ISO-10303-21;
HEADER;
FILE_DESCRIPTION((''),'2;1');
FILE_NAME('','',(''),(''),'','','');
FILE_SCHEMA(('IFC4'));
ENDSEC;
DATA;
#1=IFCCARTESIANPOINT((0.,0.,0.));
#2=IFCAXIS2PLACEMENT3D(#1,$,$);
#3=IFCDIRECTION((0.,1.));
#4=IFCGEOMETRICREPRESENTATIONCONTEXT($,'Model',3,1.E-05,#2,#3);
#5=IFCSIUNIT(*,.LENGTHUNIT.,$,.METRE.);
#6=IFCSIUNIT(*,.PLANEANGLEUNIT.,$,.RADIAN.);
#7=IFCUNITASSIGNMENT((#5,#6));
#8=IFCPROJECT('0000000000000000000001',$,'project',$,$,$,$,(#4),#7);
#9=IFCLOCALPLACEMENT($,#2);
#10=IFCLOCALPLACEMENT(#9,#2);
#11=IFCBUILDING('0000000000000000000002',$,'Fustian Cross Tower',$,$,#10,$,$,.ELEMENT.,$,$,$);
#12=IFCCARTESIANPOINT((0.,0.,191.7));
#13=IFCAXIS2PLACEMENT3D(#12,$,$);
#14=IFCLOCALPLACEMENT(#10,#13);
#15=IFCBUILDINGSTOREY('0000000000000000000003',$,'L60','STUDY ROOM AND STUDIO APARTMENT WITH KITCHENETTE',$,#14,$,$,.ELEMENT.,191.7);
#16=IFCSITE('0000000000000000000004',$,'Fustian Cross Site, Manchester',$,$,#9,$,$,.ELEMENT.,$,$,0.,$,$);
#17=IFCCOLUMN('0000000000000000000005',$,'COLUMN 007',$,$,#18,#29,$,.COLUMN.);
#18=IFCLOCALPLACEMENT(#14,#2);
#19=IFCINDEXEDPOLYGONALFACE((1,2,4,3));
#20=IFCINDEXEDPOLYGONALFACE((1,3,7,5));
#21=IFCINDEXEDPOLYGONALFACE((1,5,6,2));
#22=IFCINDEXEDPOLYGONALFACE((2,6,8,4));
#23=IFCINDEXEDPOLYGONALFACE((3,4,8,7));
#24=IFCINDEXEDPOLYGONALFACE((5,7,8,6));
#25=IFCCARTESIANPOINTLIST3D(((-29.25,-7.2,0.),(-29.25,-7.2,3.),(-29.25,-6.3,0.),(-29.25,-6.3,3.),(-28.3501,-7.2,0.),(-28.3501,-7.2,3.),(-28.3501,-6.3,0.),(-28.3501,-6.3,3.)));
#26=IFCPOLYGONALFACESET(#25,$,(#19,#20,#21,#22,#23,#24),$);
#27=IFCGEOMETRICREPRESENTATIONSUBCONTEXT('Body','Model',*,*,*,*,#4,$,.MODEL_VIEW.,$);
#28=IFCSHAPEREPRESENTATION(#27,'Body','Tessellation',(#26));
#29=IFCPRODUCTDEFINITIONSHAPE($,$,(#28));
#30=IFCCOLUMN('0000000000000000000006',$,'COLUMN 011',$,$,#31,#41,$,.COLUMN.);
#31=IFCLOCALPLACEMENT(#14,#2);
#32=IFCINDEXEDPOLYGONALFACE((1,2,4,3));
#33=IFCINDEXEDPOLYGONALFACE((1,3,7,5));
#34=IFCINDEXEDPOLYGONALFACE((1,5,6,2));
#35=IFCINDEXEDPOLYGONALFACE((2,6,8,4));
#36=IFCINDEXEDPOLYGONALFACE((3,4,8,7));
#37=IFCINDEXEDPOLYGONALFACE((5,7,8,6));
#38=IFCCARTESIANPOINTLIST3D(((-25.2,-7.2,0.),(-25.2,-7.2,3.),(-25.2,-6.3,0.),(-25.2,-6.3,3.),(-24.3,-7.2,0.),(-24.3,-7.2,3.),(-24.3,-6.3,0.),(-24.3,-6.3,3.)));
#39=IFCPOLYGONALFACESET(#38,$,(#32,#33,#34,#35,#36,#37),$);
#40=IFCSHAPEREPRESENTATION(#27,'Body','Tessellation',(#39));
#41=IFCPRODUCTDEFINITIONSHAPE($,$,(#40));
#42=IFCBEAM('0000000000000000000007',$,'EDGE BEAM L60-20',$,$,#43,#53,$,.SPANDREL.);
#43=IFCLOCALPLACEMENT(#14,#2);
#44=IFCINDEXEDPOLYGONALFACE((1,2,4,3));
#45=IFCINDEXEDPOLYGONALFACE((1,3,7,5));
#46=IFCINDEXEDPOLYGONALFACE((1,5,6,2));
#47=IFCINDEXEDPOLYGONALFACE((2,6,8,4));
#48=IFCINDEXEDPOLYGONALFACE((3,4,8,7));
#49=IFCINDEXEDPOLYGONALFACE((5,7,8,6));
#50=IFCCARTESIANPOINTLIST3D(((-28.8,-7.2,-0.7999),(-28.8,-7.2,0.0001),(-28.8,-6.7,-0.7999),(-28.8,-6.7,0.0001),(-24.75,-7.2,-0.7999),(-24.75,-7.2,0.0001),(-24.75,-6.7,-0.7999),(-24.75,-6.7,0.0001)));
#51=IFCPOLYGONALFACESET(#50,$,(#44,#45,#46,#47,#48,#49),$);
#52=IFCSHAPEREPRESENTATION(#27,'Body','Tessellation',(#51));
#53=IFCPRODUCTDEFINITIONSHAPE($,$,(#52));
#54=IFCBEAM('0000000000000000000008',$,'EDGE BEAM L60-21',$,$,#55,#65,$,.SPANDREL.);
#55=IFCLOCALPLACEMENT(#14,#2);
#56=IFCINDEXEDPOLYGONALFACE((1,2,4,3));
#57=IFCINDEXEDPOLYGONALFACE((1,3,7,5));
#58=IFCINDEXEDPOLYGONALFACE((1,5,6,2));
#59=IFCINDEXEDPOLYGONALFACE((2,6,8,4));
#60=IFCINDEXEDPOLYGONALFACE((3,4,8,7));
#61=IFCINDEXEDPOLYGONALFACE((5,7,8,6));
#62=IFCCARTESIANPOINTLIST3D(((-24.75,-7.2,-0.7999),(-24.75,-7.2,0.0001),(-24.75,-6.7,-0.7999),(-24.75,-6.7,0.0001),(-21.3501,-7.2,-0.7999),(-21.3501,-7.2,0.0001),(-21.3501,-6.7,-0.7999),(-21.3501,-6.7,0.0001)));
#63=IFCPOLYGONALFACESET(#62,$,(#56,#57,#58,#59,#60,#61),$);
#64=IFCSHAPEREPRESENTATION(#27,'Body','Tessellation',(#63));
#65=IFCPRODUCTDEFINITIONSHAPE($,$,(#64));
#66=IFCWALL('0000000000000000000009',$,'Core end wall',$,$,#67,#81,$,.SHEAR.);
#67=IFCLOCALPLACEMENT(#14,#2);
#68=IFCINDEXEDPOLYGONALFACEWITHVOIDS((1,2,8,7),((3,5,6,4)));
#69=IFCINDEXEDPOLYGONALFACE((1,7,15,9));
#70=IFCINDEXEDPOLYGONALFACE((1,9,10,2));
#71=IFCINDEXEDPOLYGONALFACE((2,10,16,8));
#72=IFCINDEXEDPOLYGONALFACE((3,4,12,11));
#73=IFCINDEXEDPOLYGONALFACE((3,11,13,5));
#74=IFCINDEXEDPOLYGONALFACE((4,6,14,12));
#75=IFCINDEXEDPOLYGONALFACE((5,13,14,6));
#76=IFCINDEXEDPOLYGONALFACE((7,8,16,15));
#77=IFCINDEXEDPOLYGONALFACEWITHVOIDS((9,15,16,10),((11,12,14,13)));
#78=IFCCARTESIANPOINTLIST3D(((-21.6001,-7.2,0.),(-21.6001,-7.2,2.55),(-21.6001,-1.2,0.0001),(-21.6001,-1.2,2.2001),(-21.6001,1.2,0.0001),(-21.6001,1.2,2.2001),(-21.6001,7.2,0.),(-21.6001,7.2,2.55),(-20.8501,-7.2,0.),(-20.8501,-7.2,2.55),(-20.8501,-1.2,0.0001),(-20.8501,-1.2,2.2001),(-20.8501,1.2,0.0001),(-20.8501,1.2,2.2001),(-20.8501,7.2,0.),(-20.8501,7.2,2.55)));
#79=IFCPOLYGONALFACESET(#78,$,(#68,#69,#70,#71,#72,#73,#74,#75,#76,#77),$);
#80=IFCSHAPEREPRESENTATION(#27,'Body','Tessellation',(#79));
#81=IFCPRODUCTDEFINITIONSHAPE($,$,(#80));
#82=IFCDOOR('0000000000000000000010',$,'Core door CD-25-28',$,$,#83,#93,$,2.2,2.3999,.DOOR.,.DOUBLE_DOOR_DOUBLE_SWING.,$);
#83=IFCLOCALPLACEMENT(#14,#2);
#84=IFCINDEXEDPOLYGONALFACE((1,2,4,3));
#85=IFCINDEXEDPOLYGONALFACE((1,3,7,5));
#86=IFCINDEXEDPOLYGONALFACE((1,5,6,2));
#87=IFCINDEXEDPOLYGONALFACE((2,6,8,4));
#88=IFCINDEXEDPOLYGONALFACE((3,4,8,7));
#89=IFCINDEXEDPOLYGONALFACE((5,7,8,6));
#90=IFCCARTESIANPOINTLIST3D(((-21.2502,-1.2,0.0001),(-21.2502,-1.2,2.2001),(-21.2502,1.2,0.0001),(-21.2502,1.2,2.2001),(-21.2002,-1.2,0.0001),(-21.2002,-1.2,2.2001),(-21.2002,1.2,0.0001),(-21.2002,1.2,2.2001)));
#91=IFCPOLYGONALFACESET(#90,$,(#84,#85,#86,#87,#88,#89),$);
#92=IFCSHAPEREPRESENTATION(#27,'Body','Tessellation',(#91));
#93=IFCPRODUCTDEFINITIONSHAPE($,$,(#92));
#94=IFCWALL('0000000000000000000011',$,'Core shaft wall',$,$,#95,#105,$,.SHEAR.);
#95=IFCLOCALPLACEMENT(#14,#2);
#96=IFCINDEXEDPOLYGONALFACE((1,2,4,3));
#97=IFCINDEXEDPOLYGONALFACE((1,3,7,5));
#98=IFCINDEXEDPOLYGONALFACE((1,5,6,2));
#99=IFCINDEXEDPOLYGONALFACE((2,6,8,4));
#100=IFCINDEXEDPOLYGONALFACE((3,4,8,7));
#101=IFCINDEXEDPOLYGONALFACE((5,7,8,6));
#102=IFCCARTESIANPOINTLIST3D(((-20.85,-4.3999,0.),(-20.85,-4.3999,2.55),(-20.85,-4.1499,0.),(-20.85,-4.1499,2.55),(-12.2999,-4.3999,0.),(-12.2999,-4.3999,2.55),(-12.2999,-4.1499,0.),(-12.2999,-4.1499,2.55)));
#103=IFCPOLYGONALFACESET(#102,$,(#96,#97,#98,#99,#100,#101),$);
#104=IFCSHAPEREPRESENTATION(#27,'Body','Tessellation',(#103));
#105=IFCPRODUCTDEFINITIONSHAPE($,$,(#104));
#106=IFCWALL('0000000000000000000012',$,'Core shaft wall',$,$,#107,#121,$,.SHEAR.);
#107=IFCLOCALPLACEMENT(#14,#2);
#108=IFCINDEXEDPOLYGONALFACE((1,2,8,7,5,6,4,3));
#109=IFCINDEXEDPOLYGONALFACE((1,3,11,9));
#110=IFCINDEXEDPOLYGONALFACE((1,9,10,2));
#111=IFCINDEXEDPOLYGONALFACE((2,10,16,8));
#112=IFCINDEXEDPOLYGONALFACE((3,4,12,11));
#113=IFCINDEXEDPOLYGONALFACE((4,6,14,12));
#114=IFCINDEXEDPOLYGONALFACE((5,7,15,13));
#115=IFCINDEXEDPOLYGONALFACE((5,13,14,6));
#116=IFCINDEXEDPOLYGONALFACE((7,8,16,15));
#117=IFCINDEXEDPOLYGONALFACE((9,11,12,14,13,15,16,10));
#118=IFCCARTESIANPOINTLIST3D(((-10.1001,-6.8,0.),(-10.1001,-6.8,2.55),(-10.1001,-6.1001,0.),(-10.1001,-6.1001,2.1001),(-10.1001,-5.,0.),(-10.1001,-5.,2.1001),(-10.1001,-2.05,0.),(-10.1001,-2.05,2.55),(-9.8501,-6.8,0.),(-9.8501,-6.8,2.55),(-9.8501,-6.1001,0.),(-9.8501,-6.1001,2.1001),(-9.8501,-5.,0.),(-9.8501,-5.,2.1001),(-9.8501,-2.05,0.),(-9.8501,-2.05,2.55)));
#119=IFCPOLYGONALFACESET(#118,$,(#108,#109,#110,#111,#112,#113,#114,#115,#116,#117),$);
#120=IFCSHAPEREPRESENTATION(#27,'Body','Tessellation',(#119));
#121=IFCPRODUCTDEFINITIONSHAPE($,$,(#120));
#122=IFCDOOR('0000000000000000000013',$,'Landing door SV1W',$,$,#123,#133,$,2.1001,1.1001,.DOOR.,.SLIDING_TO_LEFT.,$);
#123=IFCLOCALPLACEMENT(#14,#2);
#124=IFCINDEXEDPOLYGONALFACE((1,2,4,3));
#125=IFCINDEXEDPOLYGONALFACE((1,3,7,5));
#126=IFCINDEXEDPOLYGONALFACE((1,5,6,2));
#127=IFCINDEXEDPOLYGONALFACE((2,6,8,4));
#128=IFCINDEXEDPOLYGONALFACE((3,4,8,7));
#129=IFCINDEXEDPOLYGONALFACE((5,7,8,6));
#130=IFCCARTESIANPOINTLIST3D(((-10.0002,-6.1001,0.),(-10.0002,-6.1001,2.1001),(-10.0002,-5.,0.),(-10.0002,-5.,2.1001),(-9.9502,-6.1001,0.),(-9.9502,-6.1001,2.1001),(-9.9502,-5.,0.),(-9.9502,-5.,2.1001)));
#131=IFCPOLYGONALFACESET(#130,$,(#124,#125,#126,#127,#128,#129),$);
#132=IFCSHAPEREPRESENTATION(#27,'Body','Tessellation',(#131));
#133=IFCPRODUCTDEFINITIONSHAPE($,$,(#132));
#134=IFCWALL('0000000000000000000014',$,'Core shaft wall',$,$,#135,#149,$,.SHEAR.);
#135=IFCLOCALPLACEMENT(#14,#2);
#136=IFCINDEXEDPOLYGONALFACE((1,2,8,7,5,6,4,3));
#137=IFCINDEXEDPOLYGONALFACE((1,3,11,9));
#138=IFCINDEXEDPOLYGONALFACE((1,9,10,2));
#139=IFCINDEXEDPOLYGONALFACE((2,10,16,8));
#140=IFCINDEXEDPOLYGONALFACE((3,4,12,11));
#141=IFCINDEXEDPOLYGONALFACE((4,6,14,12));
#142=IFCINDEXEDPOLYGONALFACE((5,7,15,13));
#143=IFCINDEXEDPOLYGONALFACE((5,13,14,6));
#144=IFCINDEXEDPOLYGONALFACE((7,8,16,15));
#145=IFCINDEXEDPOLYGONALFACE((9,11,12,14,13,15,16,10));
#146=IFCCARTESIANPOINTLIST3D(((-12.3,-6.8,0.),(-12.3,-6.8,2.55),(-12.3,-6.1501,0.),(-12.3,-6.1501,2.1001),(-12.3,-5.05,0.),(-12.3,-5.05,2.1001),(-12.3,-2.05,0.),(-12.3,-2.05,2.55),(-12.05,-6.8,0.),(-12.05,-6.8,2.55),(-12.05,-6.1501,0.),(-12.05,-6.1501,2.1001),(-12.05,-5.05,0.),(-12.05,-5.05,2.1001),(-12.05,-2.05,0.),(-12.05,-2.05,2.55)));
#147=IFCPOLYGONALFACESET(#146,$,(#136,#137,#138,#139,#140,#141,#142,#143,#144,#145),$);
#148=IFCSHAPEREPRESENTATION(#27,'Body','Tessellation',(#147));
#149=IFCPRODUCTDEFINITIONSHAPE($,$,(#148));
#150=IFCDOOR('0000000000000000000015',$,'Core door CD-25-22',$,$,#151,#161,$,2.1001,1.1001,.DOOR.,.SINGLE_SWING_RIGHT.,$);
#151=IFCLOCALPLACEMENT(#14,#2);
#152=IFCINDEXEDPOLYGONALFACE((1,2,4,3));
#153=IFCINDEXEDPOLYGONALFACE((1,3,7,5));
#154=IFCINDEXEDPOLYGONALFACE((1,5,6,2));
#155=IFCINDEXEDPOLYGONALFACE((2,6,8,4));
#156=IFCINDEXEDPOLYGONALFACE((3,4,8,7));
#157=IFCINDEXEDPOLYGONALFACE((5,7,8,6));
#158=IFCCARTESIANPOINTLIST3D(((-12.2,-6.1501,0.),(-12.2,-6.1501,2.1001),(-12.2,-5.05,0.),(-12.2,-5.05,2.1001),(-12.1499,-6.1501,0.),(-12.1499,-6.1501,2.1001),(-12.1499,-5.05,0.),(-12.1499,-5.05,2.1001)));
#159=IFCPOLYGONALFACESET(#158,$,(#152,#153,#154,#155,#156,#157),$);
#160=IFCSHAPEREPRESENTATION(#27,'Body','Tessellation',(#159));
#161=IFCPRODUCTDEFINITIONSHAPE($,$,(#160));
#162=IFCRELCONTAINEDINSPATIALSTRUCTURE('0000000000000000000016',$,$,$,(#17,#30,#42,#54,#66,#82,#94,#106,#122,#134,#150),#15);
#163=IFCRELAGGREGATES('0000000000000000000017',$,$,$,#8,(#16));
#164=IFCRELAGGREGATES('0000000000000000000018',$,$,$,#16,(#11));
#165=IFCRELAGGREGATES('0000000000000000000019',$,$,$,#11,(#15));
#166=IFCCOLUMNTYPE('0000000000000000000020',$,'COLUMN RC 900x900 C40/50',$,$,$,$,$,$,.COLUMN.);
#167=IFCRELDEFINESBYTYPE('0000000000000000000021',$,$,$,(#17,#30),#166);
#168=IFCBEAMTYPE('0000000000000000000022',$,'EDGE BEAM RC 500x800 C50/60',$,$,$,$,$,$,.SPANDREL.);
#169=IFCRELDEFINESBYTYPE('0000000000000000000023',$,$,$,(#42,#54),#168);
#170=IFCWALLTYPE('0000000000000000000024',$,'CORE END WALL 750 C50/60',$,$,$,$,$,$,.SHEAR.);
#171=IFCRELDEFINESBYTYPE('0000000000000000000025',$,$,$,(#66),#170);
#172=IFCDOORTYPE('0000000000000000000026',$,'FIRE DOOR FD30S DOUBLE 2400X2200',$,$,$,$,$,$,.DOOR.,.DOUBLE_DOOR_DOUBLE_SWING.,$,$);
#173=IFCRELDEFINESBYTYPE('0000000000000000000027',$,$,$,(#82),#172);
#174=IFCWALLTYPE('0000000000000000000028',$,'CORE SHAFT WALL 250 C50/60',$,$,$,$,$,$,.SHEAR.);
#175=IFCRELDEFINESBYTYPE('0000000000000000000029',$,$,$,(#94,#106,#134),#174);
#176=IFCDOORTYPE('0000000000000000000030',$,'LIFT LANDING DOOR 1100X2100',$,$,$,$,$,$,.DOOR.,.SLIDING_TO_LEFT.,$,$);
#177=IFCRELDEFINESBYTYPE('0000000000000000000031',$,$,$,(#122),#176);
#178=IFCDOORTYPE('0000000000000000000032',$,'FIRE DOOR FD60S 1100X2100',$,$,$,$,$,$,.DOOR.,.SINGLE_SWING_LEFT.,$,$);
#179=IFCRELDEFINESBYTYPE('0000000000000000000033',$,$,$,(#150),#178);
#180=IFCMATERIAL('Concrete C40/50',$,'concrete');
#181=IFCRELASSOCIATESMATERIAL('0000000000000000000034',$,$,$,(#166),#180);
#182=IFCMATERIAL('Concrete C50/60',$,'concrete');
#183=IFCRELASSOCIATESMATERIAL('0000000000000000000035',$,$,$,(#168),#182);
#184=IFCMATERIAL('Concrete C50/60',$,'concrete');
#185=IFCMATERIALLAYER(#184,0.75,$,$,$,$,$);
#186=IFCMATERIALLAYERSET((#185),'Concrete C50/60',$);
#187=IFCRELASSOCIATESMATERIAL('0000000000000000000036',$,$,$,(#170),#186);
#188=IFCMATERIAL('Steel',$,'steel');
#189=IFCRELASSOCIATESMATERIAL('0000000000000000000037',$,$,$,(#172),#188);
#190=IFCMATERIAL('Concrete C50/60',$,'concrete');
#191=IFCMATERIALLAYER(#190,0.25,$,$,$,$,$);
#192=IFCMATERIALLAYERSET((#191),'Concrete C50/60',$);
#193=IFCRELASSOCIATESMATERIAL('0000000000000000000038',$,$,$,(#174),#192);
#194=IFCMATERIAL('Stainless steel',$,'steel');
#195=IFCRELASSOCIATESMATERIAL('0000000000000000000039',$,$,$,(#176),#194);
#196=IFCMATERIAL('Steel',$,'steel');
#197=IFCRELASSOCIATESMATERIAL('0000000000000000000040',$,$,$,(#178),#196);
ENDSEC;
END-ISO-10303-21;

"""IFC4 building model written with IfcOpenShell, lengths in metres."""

from ifc_helpers import new_model, si_unit, direction, frame, frame_2d, origin, origin_2d, place, context, subcontext, project, spatial, rectangle, extrude, material, layer, layer_set, material_profile, profile_set, type_object, element, fill, save


model = new_model("IFC4")

# Units and contexts
model_context = context("Model", 3, precision=1e-05, world=origin(), true_north=direction((0.0, 1.0)))
body_context = subcontext(model_context, "Body", "Model", "MODEL_VIEW")
ifc_project = project(units=[si_unit("LENGTHUNIT", "METRE"), si_unit("PLANEANGLEUNIT", "RADIAN")], contexts=[model_context])

# Site, building, storey
site_placement = place(None, origin())
site = spatial("IfcSite", under=ifc_project, at=site_placement, Name="Fustian Cross Site, Manchester", CompositionType="ELEMENT", RefElevation=0.0)
building_placement = place(site_placement, origin())
building = spatial("IfcBuilding", under=site, at=building_placement, Name="Fustian Cross Tower", CompositionType="ELEMENT")
storey_placement = place(building_placement, frame((0.0, 0.0, 191.7)))
storey = spatial("IfcBuildingStorey", under=building, at=storey_placement, Name="L60", Description="STUDY ROOM AND STUDIO APARTMENT WITH KITCHENETTE", CompositionType="ELEMENT", Elevation=191.7)

# Columns
ifc_material_1 = material(Name="Concrete C40/50", Category="concrete")
ifc_material_profile_1 = material_profile(ifc_material_1, rectangle(XDim=0.8999, YDim=0.8999, at=origin_2d()), Name="RC 900x900")
ifc_profile_set_1 = profile_set([ifc_material_profile_1], Name="Concrete C40/50")
column_type = type_object("IfcColumnType", Name="COLUMN RC 900x900 C40/50", PredefinedType="COLUMN", material=ifc_profile_set_1)
for number, where, z_axis, x_axis, name in (
    (1, (-28.8, -6.75, 0.0), (0.0, 0.0, 1.0), (1.0, 0.0, 0.0), "COLUMN 007"),
    (2, (-24.75, -6.75, 0.0), (0.0, 0.0, 1.0), (1.0, 0.0, 0.0), "COLUMN 011"),
):
    element("IfcColumn", number, at=place(storey_placement, frame(where, z_axis=z_axis, x_axis=x_axis)), inside=storey, type_object=column_type, Name=name, PredefinedType="COLUMN", context=body_context, shape_type="SweptSolid", body=[
        extrude(rectangle(XDim=0.8999, YDim=0.8999, at=origin_2d()), origin(), (0.0, 0.0, 1.0), 3.0),
    ])

# Beams
ifc_material_2 = material(Name="Concrete C50/60", Category="concrete")
ifc_material_profile_2 = material_profile(ifc_material_2, rectangle(XDim=0.5, YDim=0.8, at=origin_2d()), Name="RC 500x800")
ifc_profile_set_2 = profile_set([ifc_material_profile_2], Name="Concrete C50/60")
beam_type = type_object("IfcBeamType", Name="EDGE BEAM RC 500x800 C50/60", PredefinedType="SPANDREL", material=ifc_profile_set_2)
beam_1_placement = place(storey_placement, frame((-28.8, -6.95, -0.3999), z_axis=(1.0, 0.0, 0.0), x_axis=(0.0, 1.0, 0.0)))
element("IfcBeam", 3, at=beam_1_placement, inside=storey, type_object=beam_type, Name="EDGE BEAM L60-20", PredefinedType="SPANDREL", context=body_context, shape_type="SweptSolid", body=[
    extrude(rectangle(XDim=0.5, YDim=0.8, at=origin_2d()), origin(), (0.0, 0.0, 1.0), 4.05),
])
beam_2_placement = place(storey_placement, frame((-24.75, -6.95, -0.3999), z_axis=(1.0, 0.0, 0.0), x_axis=(0.0, 1.0, 0.0)))
element("IfcBeam", 4, at=beam_2_placement, inside=storey, type_object=beam_type, Name="EDGE BEAM L60-21", PredefinedType="SPANDREL", context=body_context, shape_type="SweptSolid", body=[
    extrude(rectangle(XDim=0.5, YDim=0.8, at=origin_2d()), origin(), (0.0, 0.0, 1.0), 3.3999),
])

# Wall, opening, door
ifc_material_3 = material(Name="Concrete C50/60", Category="concrete")
ifc_layer_1 = layer(ifc_material_3, 0.75)
ifc_layer_set_1 = layer_set([ifc_layer_1], Name="Concrete C50/60")
wall_type_1 = type_object("IfcWallType", Name="CORE END WALL 750 C50/60", PredefinedType="SHEAR", material=ifc_layer_set_1)
wall_1_placement = place(storey_placement, frame((-21.2251, -7.2, 0.0), z_axis=(0.0, 0.0, 1.0), x_axis=(0.0, 1.0, 0.0)))
wall_1 = element("IfcWall", 5, at=wall_1_placement, inside=storey, type_object=wall_type_1, Name="Core end wall", PredefinedType="SHEAR", context=body_context, shape_type="SweptSolid", body=[
    extrude(rectangle(XDim=14.3999, YDim=0.75, at=frame_2d((7.2, 0.0))), origin(), (0.0, 0.0, 1.0), 2.55),
])
opening_1_placement = place(wall_1_placement, frame((6.0, 0.0, 0.0)))
opening_1 = element("IfcOpeningElement", 6, at=opening_1_placement, cuts=wall_1, PredefinedType="OPENING", context=body_context, shape_type="SweptSolid", body=[
    extrude(rectangle(XDim=2.3999, YDim=2.2, at=frame_2d((1.2, 1.1001))), frame((0.0, 0.385, 0.0), z_axis=(0.0, -1.0, 0.0), x_axis=(1.0, 0.0, 0.0)), (0.0, 0.0, 1.0), 0.77),
])
ifc_material_4 = material(Name="Steel", Category="steel")
door_type_1 = type_object("IfcDoorType", Name="FIRE DOOR FD30S DOUBLE 2400X2200", OperationType="DOUBLE_DOOR_DOUBLE_SWING", PredefinedType="DOOR", material=ifc_material_4)
door_1_placement = place(opening_1_placement, frame((2.3999, 0.0, 0.0), z_axis=(0.0, 0.0, 1.0), x_axis=(-1.0, 0.0, 0.0)))
door_1 = element("IfcDoor", 7, at=door_1_placement, inside=storey, type_object=door_type_1, Name="Core door CD-25-28", OperationType="DOUBLE_DOOR_DOUBLE_SWING", OverallHeight=2.2, OverallWidth=2.3999, PredefinedType="DOOR", context=body_context, shape_type="SweptSolid", body=[
    extrude(rectangle(XDim=2.3999, YDim=2.2, at=frame_2d((1.2, 1.1001))), frame((0.0, 0.0249, 0.0), z_axis=(0.0, -1.0, 0.0), x_axis=(1.0, 0.0, 0.0)), (0.0, 0.0, 1.0), 0.05),
])
fill(opening_1, door_1)

# Wall
ifc_material_5 = material(Name="Concrete C50/60", Category="concrete")
ifc_layer_2 = layer(ifc_material_5, 0.25)
ifc_layer_set_2 = layer_set([ifc_layer_2], Name="Concrete C50/60")
wall_type_2 = type_object("IfcWallType", Name="CORE SHAFT WALL 250 C50/60", PredefinedType="SHEAR", material=ifc_layer_set_2)
wall_2_placement = place(storey_placement, frame((-12.3, -4.2749, 0.0), z_axis=(0.0, 0.0, 1.0), x_axis=(-1.0, 0.0, 0.0)))
element("IfcWall", 8, at=wall_2_placement, inside=storey, type_object=wall_type_2, Name="Core shaft wall", PredefinedType="SHEAR", context=body_context, shape_type="SweptSolid", body=[
    extrude(rectangle(XDim=8.55, YDim=0.25, at=frame_2d((4.2749, 0.0))), origin(), (0.0, 0.0, 1.0), 2.55),
])

# Walls, openings, doors
wall_3_placement = place(storey_placement, frame((-9.9751, -2.05, 0.0), z_axis=(0.0, 0.0, 1.0), x_axis=(0.0, -1.0, 0.0)))
wall_3 = element("IfcWall", 9, at=wall_3_placement, inside=storey, type_object=wall_type_2, Name="Core shaft wall", PredefinedType="SHEAR", context=body_context, shape_type="SweptSolid", body=[
    extrude(rectangle(XDim=4.75, YDim=0.25, at=frame_2d((2.375, 0.0))), origin(), (0.0, 0.0, 1.0), 2.55),
])
opening_2_placement = place(wall_3_placement, frame((2.95, 0.0, 0.0)))
opening_2 = element("IfcOpeningElement", 10, at=opening_2_placement, cuts=wall_3, PredefinedType="OPENING", context=body_context, shape_type="SweptSolid", body=[
    extrude(rectangle(XDim=1.1001, YDim=2.1001, at=frame_2d((0.55, 1.05))), frame((0.0, 0.135, 0.0), z_axis=(0.0, -1.0, 0.0), x_axis=(1.0, 0.0, 0.0)), (0.0, 0.0, 1.0), 0.27),
])
ifc_material_6 = material(Name="Stainless steel", Category="steel")
door_type_2 = type_object("IfcDoorType", Name="LIFT LANDING DOOR 1100X2100", OperationType="SLIDING_TO_LEFT", PredefinedType="DOOR", material=ifc_material_6)
door_2_placement = place(opening_2_placement, origin())
door_2 = element("IfcDoor", 11, at=door_2_placement, inside=storey, type_object=door_type_2, Name="Landing door SV1W", OperationType="SLIDING_TO_LEFT", OverallHeight=2.1001, OverallWidth=1.1001, PredefinedType="DOOR", context=body_context, shape_type="SweptSolid", body=[
    extrude(rectangle(XDim=1.1001, YDim=2.1001, at=frame_2d((0.55, 1.05))), frame((0.0, 0.0249, 0.0), z_axis=(0.0, -1.0, 0.0), x_axis=(1.0, 0.0, 0.0)), (0.0, 0.0, 1.0), 0.05),
])
fill(opening_2, door_2)
wall_4_placement = place(storey_placement, frame((-12.175, -2.05, 0.0), z_axis=(0.0, 0.0, 1.0), x_axis=(0.0, -1.0, 0.0)))
wall_4 = element("IfcWall", 12, at=wall_4_placement, inside=storey, type_object=wall_type_2, Name="Core shaft wall", PredefinedType="SHEAR", context=body_context, shape_type="SweptSolid", body=[
    extrude(rectangle(XDim=4.75, YDim=0.25, at=frame_2d((2.375, 0.0))), origin(), (0.0, 0.0, 1.0), 2.55),
])
opening_3_placement = place(wall_4_placement, frame((3.0, 0.0, 0.0)))
opening_3 = element("IfcOpeningElement", 13, at=opening_3_placement, cuts=wall_4, PredefinedType="OPENING", context=body_context, shape_type="SweptSolid", body=[
    extrude(rectangle(XDim=1.1001, YDim=2.1001, at=frame_2d((0.55, 1.05))), frame((0.0, 0.135, 0.0), z_axis=(0.0, -1.0, 0.0), x_axis=(1.0, 0.0, 0.0)), (0.0, 0.0, 1.0), 0.27),
])
ifc_material_7 = material(Name="Steel", Category="steel")
door_type_3 = type_object("IfcDoorType", Name="FIRE DOOR FD60S 1100X2100", OperationType="SINGLE_SWING_LEFT", PredefinedType="DOOR", material=ifc_material_7)
door_3_placement = place(opening_3_placement, frame((1.1001, 0.0, 0.0), z_axis=(0.0, 0.0, 1.0), x_axis=(-1.0, 0.0, 0.0)))
door_3 = element("IfcDoor", 14, at=door_3_placement, inside=storey, type_object=door_type_3, Name="Core door CD-25-22", OperationType="SINGLE_SWING_RIGHT", OverallHeight=2.1001, OverallWidth=1.1001, PredefinedType="DOOR", context=body_context, shape_type="SweptSolid", body=[
    extrude(rectangle(XDim=1.1001, YDim=2.1001, at=frame_2d((0.55, 1.05))), frame((0.0, 0.0249, 0.0), z_axis=(0.0, -1.0, 0.0), x_axis=(1.0, 0.0, 0.0)), (0.0, 0.0, 1.0), 0.05),
])
fill(opening_3, door_3)

save(model, "model.ifc")
